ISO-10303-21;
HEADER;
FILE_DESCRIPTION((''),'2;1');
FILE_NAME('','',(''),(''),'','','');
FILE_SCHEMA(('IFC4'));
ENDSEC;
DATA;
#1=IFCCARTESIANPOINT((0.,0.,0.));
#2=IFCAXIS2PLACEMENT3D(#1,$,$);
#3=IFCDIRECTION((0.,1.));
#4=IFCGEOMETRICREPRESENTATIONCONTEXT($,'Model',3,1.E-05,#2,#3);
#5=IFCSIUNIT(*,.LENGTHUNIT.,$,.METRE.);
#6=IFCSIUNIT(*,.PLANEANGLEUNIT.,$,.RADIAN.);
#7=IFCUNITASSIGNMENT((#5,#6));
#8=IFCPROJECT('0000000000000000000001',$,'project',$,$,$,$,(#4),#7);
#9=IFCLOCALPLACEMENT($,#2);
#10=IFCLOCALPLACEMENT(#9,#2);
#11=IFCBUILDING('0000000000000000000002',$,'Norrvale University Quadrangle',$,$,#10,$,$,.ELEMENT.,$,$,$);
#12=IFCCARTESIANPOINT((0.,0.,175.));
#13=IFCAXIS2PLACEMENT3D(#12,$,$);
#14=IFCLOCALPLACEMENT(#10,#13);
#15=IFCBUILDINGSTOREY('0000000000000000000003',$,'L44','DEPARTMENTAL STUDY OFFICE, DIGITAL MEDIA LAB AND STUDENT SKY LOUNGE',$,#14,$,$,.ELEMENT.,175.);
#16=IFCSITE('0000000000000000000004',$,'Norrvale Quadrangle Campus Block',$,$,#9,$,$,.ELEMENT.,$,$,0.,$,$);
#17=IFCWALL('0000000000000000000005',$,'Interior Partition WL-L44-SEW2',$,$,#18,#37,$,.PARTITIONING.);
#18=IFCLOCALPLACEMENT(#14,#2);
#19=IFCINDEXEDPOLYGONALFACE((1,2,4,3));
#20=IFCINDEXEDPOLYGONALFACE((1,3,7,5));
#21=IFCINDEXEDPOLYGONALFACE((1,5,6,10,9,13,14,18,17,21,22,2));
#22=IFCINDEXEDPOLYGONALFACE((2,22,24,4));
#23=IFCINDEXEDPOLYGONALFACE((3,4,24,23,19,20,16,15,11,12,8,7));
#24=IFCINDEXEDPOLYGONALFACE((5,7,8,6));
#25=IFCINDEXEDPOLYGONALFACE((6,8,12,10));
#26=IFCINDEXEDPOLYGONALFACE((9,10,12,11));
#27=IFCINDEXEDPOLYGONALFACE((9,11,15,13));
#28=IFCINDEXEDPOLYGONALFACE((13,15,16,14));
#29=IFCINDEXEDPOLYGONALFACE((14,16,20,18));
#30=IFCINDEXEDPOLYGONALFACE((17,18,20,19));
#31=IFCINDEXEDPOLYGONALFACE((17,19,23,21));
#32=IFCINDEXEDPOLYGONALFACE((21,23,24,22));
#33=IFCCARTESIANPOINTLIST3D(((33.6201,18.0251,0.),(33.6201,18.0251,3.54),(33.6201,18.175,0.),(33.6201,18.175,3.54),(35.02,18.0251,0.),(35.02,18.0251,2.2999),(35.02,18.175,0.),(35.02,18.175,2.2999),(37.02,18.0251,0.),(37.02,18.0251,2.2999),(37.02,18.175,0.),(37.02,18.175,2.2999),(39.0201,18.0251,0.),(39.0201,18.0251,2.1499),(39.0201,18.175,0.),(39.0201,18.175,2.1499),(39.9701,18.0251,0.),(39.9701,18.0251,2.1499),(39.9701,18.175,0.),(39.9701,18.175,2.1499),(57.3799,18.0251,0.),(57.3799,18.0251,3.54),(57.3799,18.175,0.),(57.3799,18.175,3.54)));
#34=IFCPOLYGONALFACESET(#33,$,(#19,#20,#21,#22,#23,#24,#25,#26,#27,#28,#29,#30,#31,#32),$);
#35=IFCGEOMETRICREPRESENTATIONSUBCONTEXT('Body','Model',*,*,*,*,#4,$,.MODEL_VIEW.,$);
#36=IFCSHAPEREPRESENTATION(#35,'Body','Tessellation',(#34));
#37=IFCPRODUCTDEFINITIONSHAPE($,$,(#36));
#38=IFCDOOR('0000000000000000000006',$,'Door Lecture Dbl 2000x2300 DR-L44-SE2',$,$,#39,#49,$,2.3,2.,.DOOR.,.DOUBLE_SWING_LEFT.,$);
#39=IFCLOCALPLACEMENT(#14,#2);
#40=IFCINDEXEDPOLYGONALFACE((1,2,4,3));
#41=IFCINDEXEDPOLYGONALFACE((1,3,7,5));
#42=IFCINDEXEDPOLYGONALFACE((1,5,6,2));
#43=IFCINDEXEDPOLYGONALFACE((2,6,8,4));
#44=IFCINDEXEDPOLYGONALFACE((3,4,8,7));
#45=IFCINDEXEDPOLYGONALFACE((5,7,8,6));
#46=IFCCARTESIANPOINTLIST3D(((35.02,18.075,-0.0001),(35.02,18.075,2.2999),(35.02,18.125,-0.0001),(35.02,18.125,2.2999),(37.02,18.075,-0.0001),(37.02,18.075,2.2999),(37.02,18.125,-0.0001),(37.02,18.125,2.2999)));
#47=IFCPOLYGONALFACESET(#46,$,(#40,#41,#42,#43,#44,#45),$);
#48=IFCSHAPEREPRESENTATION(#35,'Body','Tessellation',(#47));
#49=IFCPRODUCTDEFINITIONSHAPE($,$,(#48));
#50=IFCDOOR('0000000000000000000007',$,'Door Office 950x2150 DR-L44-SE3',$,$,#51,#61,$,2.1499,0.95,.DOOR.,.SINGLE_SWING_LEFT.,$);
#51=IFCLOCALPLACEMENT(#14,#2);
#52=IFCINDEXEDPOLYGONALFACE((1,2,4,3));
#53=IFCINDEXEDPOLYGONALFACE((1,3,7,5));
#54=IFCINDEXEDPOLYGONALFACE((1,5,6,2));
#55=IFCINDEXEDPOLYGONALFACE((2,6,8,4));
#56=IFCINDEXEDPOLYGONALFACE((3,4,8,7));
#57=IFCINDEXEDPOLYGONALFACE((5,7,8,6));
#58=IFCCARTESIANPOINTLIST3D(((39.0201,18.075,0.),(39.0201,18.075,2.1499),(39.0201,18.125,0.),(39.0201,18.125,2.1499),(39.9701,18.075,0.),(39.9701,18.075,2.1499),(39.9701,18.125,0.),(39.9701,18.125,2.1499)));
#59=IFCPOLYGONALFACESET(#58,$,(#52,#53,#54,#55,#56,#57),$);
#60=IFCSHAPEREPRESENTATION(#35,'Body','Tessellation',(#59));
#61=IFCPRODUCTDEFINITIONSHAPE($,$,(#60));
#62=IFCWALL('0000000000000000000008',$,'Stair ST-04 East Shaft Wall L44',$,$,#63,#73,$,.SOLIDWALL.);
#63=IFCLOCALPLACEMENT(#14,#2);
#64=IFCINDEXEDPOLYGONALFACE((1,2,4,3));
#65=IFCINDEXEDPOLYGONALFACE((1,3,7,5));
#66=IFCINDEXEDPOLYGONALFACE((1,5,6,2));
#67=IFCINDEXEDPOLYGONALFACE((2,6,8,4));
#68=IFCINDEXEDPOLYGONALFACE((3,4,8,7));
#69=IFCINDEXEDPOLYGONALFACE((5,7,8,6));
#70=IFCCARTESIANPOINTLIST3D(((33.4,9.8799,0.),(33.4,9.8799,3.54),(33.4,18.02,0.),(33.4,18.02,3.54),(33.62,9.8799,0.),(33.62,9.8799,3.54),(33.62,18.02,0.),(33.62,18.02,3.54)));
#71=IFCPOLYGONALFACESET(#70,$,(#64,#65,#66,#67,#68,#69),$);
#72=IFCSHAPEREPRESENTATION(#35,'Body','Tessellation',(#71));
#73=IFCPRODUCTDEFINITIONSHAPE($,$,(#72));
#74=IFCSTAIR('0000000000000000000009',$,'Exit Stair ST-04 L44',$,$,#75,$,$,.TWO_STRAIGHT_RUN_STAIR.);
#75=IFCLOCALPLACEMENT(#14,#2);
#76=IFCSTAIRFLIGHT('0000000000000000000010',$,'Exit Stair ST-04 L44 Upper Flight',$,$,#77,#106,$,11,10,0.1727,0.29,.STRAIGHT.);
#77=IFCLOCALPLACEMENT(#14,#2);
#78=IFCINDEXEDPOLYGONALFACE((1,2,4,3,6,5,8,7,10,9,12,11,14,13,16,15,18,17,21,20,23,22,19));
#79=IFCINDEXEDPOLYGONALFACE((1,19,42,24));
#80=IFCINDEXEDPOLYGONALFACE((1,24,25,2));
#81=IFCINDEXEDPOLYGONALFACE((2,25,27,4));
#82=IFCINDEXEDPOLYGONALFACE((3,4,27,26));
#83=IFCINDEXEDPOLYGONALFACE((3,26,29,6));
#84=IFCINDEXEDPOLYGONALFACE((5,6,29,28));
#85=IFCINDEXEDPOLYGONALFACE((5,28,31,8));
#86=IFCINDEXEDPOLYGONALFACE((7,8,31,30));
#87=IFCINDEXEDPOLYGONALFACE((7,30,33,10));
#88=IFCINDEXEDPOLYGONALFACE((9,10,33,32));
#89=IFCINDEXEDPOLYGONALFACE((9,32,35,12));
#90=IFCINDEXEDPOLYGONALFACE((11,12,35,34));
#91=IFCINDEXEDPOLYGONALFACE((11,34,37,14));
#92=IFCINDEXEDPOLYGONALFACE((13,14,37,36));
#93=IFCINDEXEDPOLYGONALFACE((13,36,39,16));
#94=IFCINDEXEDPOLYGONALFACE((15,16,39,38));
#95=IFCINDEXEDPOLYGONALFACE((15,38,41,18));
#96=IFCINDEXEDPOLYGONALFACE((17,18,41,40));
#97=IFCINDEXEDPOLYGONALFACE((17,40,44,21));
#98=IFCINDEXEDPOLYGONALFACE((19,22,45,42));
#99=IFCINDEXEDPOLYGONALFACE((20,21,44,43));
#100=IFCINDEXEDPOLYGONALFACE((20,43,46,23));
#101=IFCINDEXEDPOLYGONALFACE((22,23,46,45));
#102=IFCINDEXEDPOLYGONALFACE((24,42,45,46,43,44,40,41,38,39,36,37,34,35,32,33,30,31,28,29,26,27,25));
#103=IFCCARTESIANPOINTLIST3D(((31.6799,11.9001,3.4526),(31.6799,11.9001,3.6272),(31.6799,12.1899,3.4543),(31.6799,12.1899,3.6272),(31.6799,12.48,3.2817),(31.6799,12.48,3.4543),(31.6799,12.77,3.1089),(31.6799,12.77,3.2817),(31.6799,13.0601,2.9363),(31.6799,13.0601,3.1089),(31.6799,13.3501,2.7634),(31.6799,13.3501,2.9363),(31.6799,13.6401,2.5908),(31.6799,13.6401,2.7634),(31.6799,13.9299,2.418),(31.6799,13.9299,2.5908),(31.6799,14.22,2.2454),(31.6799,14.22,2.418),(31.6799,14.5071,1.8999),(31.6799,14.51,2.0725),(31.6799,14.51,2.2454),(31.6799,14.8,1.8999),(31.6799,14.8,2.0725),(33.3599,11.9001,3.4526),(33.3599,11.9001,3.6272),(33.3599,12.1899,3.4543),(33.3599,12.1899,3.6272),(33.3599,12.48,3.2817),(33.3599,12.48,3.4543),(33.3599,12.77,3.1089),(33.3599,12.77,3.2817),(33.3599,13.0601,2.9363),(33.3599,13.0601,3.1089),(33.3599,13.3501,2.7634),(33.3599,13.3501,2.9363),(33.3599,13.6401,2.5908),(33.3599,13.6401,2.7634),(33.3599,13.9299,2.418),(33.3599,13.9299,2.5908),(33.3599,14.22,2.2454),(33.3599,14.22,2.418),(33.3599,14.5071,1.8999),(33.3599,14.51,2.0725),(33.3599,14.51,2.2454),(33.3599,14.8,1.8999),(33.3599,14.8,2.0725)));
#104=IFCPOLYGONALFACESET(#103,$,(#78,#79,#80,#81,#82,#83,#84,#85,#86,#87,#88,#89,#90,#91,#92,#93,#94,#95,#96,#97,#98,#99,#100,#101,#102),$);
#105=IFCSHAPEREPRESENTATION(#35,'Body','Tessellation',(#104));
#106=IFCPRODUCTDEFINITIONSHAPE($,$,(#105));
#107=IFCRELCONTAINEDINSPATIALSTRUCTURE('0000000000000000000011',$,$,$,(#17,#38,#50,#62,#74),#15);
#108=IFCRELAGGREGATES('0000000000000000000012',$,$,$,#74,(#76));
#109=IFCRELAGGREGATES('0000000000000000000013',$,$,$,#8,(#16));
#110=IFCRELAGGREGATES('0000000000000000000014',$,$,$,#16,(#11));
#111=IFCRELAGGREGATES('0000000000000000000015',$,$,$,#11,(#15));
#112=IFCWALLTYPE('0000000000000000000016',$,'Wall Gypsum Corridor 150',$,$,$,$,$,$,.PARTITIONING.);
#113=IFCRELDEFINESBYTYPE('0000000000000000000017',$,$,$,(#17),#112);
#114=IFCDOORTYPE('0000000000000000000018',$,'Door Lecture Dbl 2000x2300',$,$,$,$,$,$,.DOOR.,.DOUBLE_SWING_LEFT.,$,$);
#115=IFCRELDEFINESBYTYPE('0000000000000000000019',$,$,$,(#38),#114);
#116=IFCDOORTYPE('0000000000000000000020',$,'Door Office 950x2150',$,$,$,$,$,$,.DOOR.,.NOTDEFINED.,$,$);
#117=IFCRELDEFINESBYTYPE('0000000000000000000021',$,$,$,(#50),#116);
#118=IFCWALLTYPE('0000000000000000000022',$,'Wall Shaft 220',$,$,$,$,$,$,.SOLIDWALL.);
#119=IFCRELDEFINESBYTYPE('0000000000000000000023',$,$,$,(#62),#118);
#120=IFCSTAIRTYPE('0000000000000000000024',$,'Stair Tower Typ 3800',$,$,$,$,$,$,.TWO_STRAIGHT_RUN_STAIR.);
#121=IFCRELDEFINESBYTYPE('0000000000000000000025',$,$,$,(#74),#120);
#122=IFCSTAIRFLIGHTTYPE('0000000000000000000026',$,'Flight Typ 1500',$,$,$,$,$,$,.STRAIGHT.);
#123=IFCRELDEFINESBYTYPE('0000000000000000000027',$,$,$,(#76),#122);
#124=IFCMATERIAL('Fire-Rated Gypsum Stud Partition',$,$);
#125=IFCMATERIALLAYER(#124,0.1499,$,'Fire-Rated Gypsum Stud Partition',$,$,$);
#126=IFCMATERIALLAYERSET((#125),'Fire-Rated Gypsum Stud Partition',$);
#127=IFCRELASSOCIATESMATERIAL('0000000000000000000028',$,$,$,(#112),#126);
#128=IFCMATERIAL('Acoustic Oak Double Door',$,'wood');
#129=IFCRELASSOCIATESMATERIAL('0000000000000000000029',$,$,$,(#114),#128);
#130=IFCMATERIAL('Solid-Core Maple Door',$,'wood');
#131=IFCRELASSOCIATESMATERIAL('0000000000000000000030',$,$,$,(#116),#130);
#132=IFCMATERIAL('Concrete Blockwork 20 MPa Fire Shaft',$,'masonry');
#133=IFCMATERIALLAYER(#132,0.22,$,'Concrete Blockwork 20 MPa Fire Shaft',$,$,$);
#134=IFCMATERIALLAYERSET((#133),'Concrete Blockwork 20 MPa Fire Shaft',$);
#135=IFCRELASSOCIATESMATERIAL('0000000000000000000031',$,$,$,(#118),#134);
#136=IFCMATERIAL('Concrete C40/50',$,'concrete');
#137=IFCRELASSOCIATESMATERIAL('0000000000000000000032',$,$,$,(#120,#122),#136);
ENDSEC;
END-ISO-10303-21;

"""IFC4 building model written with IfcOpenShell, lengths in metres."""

from ifc_helpers import new_model, si_unit, direction, frame, frame_2d, origin, place, context, subcontext, project, spatial, polyline, rectangle, outline, extrude, material, layer, layer_set, type_object, element, fill, aggregate, save


model = new_model("IFC4")

# Units and contexts
model_context = context("Model", 3, precision=1e-05, world=origin(), true_north=direction((0.0, 1.0)))
body_context = subcontext(model_context, "Body", "Model", "MODEL_VIEW")
ifc_project = project(units=[si_unit("LENGTHUNIT", "METRE"), si_unit("PLANEANGLEUNIT", "RADIAN")], contexts=[model_context])

# Site, building, storey
site_placement = place(None, origin())
site = spatial("IfcSite", under=ifc_project, at=site_placement, Name="Norrvale Quadrangle Campus Block", CompositionType="ELEMENT", RefElevation=0.0)
building_placement = place(site_placement, origin())
building = spatial("IfcBuilding", under=site, at=building_placement, Name="Norrvale University Quadrangle", CompositionType="ELEMENT")
storey_placement = place(building_placement, frame((0.0, 0.0, 175.0)))
storey = spatial("IfcBuildingStorey", under=building, at=storey_placement, Name="L44", Description="DEPARTMENTAL STUDY OFFICE, DIGITAL MEDIA LAB AND STUDENT SKY LOUNGE", CompositionType="ELEMENT", Elevation=175.0)

# Wall, openings, doors
ifc_material_1 = material(Name="Fire-Rated Gypsum Stud Partition")
ifc_layer_1 = layer(ifc_material_1, 0.1499, Name="Fire-Rated Gypsum Stud Partition")
ifc_layer_set_1 = layer_set([ifc_layer_1], Name="Fire-Rated Gypsum Stud Partition")
wall_type_1 = type_object("IfcWallType", Name="Wall Gypsum Corridor 150", PredefinedType="PARTITIONING", material=ifc_layer_set_1)
wall_1_placement = place(storey_placement, frame((33.6201, 18.1001, 0.0), z_axis=(0.0, 0.0, 1.0), x_axis=(1.0, 0.0, 0.0)))
wall_1 = element("IfcWall", 1, at=wall_1_placement, inside=storey, type_object=wall_type_1, Name="Interior Partition WL-L44-SEW2", PredefinedType="PARTITIONING", context=body_context, shape_type="SweptSolid", body=[
    extrude(rectangle(XDim=23.7598, YDim=0.1499, at=frame_2d((11.8799, 0.0))), origin(), (0.0, 0.0, 1.0), 3.54),
])
opening_1_placement = place(wall_1_placement, frame((1.3999, 0.0, 0.0)))
opening_1 = element("IfcOpeningElement", 2, at=opening_1_placement, cuts=wall_1, PredefinedType="OPENING", context=body_context, shape_type="SweptSolid", body=[
    extrude(rectangle(XDim=2.0, YDim=2.3, at=frame_2d((1.0, 1.1499))), frame((0.0, 0.0869, 0.0), z_axis=(0.0, -1.0, 0.0), x_axis=(1.0, 0.0, 0.0)), (0.0, 0.0, 1.0), 0.1738),
])
opening_2_placement = place(wall_1_placement, frame((5.3999, 0.0, 0.0)))
opening_2 = element("IfcOpeningElement", 3, at=opening_2_placement, cuts=wall_1, PredefinedType="OPENING", context=body_context, shape_type="SweptSolid", body=[
    extrude(rectangle(XDim=0.95, YDim=2.1499, at=frame_2d((0.4751, 1.075))), frame((0.0, 0.0869, 0.0), z_axis=(0.0, -1.0, 0.0), x_axis=(1.0, 0.0, 0.0)), (0.0, 0.0, 1.0), 0.1738),
])
ifc_material_2 = material(Name="Acoustic Oak Double Door", Category="wood")
door_type_1 = type_object("IfcDoorType", Name="Door Lecture Dbl 2000x2300", OperationType="DOUBLE_SWING_LEFT", PredefinedType="DOOR", material=ifc_material_2)
door_1_placement = place(opening_1_placement, origin())
door_1 = element("IfcDoor", 4, at=door_1_placement, inside=storey, type_object=door_type_1, Name="Door Lecture Dbl 2000x2300 DR-L44-SE2", OperationType="DOUBLE_SWING_LEFT", OverallHeight=2.3, OverallWidth=2.0, PredefinedType="DOOR", context=body_context, shape_type="SweptSolid", body=[
    extrude(rectangle(XDim=2.0, YDim=2.3, at=frame_2d((1.0, 1.1499))), frame((0.0, 0.0249, 0.0), z_axis=(0.0, -1.0, 0.0), x_axis=(1.0, 0.0, 0.0)), (0.0, 0.0, 1.0), 0.05),
])
fill(opening_1, door_1)
ifc_material_3 = material(Name="Solid-Core Maple Door", Category="wood")
door_type_2 = type_object("IfcDoorType", Name="Door Office 950x2150", OperationType="NOTDEFINED", PredefinedType="DOOR", material=ifc_material_3)
door_2_placement = place(opening_2_placement, origin())
door_2 = element("IfcDoor", 5, at=door_2_placement, inside=storey, type_object=door_type_2, Name="Door Office 950x2150 DR-L44-SE3", OperationType="SINGLE_SWING_LEFT", OverallHeight=2.1499, OverallWidth=0.95, PredefinedType="DOOR", context=body_context, shape_type="SweptSolid", body=[
    extrude(rectangle(XDim=0.95, YDim=2.1499, at=frame_2d((0.4751, 1.075))), frame((0.0, 0.0249, 0.0), z_axis=(0.0, -1.0, 0.0), x_axis=(1.0, 0.0, 0.0)), (0.0, 0.0, 1.0), 0.05),
])
fill(opening_2, door_2)

# Wall
ifc_material_4 = material(Name="Concrete Blockwork 20 MPa Fire Shaft", Category="masonry")
ifc_layer_2 = layer(ifc_material_4, 0.22, Name="Concrete Blockwork 20 MPa Fire Shaft")
ifc_layer_set_2 = layer_set([ifc_layer_2], Name="Concrete Blockwork 20 MPa Fire Shaft")
wall_type_2 = type_object("IfcWallType", Name="Wall Shaft 220", PredefinedType="SOLIDWALL", material=ifc_layer_set_2)
wall_2_placement = place(storey_placement, frame((33.51, 9.8799, 0.0), z_axis=(0.0, 0.0, 1.0), x_axis=(0.0, 1.0, 0.0)))
element("IfcWall", 6, at=wall_2_placement, inside=storey, type_object=wall_type_2, Name="Stair ST-04 East Shaft Wall L44", PredefinedType="SOLIDWALL", context=body_context, shape_type="SweptSolid", body=[
    extrude(rectangle(XDim=8.1401, YDim=0.22, at=frame_2d((4.0701, 0.0))), origin(), (0.0, 0.0, 1.0), 3.54),
])

# Stair, stair flight
ifc_material_5 = material(Name="Concrete C40/50", Category="concrete")
stair_type = type_object("IfcStairType", Name="Stair Tower Typ 3800", PredefinedType="TWO_STRAIGHT_RUN_STAIR", material=ifc_material_5)
stair_placement = place(storey_placement, origin())
stair = element("IfcStair", 7, at=stair_placement, inside=storey, type_object=stair_type, Name="Exit Stair ST-04 L44", PredefinedType="TWO_STRAIGHT_RUN_STAIR")
stair_flight_type = type_object("IfcStairFlightType", Name="Flight Typ 1500", PredefinedType="STRAIGHT", material=ifc_material_5)
stair_flight_placement = place(storey_placement, frame((32.52, 14.8, 1.8999), z_axis=(0.0, 0.0, 1.0), x_axis=(0.0, -1.0, 0.0)))
stair_flight = element("IfcStairFlight", 8, at=stair_flight_placement, type_object=stair_flight_type, Name="Exit Stair ST-04 L44 Upper Flight", NumberOfRisers=11, NumberOfTreads=10, PredefinedType="STRAIGHT", RiserHeight=0.1727, TreadLength=0.29, context=body_context, shape_type="SweptSolid", body=[
    extrude(outline(polyline([(0.0, 0.0), (0.0, 0.1726), (0.29, 0.1726), (0.29, 0.3455), (0.5801, 0.3455), (0.5801, 0.5181), (0.8701, 0.5181), (0.8701, 0.6909), (1.1599, 0.6909), (1.1599, 0.8635), (1.45, 0.8635), (1.45, 1.0364), (1.74, 1.0364), (1.74, 1.209), (2.03, 1.209), (2.03, 1.3818), (2.3201, 1.3818), (2.3201, 1.5544), (2.6101, 1.5544), (2.6101, 1.7273), (2.8999, 1.7273), (2.8999, 1.8999), (2.8999, 1.5527), (0.293, 0.0), (0.0, 0.0)])), frame((0.0, 0.8398, 0.0), z_axis=(0.0, -1.0, 0.0), x_axis=(1.0, 0.0, 0.0)), (0.0, 0.0, 1.0), 1.6799),
])
aggregate(stair, [stair_flight])

save(model, "model.ifc")
